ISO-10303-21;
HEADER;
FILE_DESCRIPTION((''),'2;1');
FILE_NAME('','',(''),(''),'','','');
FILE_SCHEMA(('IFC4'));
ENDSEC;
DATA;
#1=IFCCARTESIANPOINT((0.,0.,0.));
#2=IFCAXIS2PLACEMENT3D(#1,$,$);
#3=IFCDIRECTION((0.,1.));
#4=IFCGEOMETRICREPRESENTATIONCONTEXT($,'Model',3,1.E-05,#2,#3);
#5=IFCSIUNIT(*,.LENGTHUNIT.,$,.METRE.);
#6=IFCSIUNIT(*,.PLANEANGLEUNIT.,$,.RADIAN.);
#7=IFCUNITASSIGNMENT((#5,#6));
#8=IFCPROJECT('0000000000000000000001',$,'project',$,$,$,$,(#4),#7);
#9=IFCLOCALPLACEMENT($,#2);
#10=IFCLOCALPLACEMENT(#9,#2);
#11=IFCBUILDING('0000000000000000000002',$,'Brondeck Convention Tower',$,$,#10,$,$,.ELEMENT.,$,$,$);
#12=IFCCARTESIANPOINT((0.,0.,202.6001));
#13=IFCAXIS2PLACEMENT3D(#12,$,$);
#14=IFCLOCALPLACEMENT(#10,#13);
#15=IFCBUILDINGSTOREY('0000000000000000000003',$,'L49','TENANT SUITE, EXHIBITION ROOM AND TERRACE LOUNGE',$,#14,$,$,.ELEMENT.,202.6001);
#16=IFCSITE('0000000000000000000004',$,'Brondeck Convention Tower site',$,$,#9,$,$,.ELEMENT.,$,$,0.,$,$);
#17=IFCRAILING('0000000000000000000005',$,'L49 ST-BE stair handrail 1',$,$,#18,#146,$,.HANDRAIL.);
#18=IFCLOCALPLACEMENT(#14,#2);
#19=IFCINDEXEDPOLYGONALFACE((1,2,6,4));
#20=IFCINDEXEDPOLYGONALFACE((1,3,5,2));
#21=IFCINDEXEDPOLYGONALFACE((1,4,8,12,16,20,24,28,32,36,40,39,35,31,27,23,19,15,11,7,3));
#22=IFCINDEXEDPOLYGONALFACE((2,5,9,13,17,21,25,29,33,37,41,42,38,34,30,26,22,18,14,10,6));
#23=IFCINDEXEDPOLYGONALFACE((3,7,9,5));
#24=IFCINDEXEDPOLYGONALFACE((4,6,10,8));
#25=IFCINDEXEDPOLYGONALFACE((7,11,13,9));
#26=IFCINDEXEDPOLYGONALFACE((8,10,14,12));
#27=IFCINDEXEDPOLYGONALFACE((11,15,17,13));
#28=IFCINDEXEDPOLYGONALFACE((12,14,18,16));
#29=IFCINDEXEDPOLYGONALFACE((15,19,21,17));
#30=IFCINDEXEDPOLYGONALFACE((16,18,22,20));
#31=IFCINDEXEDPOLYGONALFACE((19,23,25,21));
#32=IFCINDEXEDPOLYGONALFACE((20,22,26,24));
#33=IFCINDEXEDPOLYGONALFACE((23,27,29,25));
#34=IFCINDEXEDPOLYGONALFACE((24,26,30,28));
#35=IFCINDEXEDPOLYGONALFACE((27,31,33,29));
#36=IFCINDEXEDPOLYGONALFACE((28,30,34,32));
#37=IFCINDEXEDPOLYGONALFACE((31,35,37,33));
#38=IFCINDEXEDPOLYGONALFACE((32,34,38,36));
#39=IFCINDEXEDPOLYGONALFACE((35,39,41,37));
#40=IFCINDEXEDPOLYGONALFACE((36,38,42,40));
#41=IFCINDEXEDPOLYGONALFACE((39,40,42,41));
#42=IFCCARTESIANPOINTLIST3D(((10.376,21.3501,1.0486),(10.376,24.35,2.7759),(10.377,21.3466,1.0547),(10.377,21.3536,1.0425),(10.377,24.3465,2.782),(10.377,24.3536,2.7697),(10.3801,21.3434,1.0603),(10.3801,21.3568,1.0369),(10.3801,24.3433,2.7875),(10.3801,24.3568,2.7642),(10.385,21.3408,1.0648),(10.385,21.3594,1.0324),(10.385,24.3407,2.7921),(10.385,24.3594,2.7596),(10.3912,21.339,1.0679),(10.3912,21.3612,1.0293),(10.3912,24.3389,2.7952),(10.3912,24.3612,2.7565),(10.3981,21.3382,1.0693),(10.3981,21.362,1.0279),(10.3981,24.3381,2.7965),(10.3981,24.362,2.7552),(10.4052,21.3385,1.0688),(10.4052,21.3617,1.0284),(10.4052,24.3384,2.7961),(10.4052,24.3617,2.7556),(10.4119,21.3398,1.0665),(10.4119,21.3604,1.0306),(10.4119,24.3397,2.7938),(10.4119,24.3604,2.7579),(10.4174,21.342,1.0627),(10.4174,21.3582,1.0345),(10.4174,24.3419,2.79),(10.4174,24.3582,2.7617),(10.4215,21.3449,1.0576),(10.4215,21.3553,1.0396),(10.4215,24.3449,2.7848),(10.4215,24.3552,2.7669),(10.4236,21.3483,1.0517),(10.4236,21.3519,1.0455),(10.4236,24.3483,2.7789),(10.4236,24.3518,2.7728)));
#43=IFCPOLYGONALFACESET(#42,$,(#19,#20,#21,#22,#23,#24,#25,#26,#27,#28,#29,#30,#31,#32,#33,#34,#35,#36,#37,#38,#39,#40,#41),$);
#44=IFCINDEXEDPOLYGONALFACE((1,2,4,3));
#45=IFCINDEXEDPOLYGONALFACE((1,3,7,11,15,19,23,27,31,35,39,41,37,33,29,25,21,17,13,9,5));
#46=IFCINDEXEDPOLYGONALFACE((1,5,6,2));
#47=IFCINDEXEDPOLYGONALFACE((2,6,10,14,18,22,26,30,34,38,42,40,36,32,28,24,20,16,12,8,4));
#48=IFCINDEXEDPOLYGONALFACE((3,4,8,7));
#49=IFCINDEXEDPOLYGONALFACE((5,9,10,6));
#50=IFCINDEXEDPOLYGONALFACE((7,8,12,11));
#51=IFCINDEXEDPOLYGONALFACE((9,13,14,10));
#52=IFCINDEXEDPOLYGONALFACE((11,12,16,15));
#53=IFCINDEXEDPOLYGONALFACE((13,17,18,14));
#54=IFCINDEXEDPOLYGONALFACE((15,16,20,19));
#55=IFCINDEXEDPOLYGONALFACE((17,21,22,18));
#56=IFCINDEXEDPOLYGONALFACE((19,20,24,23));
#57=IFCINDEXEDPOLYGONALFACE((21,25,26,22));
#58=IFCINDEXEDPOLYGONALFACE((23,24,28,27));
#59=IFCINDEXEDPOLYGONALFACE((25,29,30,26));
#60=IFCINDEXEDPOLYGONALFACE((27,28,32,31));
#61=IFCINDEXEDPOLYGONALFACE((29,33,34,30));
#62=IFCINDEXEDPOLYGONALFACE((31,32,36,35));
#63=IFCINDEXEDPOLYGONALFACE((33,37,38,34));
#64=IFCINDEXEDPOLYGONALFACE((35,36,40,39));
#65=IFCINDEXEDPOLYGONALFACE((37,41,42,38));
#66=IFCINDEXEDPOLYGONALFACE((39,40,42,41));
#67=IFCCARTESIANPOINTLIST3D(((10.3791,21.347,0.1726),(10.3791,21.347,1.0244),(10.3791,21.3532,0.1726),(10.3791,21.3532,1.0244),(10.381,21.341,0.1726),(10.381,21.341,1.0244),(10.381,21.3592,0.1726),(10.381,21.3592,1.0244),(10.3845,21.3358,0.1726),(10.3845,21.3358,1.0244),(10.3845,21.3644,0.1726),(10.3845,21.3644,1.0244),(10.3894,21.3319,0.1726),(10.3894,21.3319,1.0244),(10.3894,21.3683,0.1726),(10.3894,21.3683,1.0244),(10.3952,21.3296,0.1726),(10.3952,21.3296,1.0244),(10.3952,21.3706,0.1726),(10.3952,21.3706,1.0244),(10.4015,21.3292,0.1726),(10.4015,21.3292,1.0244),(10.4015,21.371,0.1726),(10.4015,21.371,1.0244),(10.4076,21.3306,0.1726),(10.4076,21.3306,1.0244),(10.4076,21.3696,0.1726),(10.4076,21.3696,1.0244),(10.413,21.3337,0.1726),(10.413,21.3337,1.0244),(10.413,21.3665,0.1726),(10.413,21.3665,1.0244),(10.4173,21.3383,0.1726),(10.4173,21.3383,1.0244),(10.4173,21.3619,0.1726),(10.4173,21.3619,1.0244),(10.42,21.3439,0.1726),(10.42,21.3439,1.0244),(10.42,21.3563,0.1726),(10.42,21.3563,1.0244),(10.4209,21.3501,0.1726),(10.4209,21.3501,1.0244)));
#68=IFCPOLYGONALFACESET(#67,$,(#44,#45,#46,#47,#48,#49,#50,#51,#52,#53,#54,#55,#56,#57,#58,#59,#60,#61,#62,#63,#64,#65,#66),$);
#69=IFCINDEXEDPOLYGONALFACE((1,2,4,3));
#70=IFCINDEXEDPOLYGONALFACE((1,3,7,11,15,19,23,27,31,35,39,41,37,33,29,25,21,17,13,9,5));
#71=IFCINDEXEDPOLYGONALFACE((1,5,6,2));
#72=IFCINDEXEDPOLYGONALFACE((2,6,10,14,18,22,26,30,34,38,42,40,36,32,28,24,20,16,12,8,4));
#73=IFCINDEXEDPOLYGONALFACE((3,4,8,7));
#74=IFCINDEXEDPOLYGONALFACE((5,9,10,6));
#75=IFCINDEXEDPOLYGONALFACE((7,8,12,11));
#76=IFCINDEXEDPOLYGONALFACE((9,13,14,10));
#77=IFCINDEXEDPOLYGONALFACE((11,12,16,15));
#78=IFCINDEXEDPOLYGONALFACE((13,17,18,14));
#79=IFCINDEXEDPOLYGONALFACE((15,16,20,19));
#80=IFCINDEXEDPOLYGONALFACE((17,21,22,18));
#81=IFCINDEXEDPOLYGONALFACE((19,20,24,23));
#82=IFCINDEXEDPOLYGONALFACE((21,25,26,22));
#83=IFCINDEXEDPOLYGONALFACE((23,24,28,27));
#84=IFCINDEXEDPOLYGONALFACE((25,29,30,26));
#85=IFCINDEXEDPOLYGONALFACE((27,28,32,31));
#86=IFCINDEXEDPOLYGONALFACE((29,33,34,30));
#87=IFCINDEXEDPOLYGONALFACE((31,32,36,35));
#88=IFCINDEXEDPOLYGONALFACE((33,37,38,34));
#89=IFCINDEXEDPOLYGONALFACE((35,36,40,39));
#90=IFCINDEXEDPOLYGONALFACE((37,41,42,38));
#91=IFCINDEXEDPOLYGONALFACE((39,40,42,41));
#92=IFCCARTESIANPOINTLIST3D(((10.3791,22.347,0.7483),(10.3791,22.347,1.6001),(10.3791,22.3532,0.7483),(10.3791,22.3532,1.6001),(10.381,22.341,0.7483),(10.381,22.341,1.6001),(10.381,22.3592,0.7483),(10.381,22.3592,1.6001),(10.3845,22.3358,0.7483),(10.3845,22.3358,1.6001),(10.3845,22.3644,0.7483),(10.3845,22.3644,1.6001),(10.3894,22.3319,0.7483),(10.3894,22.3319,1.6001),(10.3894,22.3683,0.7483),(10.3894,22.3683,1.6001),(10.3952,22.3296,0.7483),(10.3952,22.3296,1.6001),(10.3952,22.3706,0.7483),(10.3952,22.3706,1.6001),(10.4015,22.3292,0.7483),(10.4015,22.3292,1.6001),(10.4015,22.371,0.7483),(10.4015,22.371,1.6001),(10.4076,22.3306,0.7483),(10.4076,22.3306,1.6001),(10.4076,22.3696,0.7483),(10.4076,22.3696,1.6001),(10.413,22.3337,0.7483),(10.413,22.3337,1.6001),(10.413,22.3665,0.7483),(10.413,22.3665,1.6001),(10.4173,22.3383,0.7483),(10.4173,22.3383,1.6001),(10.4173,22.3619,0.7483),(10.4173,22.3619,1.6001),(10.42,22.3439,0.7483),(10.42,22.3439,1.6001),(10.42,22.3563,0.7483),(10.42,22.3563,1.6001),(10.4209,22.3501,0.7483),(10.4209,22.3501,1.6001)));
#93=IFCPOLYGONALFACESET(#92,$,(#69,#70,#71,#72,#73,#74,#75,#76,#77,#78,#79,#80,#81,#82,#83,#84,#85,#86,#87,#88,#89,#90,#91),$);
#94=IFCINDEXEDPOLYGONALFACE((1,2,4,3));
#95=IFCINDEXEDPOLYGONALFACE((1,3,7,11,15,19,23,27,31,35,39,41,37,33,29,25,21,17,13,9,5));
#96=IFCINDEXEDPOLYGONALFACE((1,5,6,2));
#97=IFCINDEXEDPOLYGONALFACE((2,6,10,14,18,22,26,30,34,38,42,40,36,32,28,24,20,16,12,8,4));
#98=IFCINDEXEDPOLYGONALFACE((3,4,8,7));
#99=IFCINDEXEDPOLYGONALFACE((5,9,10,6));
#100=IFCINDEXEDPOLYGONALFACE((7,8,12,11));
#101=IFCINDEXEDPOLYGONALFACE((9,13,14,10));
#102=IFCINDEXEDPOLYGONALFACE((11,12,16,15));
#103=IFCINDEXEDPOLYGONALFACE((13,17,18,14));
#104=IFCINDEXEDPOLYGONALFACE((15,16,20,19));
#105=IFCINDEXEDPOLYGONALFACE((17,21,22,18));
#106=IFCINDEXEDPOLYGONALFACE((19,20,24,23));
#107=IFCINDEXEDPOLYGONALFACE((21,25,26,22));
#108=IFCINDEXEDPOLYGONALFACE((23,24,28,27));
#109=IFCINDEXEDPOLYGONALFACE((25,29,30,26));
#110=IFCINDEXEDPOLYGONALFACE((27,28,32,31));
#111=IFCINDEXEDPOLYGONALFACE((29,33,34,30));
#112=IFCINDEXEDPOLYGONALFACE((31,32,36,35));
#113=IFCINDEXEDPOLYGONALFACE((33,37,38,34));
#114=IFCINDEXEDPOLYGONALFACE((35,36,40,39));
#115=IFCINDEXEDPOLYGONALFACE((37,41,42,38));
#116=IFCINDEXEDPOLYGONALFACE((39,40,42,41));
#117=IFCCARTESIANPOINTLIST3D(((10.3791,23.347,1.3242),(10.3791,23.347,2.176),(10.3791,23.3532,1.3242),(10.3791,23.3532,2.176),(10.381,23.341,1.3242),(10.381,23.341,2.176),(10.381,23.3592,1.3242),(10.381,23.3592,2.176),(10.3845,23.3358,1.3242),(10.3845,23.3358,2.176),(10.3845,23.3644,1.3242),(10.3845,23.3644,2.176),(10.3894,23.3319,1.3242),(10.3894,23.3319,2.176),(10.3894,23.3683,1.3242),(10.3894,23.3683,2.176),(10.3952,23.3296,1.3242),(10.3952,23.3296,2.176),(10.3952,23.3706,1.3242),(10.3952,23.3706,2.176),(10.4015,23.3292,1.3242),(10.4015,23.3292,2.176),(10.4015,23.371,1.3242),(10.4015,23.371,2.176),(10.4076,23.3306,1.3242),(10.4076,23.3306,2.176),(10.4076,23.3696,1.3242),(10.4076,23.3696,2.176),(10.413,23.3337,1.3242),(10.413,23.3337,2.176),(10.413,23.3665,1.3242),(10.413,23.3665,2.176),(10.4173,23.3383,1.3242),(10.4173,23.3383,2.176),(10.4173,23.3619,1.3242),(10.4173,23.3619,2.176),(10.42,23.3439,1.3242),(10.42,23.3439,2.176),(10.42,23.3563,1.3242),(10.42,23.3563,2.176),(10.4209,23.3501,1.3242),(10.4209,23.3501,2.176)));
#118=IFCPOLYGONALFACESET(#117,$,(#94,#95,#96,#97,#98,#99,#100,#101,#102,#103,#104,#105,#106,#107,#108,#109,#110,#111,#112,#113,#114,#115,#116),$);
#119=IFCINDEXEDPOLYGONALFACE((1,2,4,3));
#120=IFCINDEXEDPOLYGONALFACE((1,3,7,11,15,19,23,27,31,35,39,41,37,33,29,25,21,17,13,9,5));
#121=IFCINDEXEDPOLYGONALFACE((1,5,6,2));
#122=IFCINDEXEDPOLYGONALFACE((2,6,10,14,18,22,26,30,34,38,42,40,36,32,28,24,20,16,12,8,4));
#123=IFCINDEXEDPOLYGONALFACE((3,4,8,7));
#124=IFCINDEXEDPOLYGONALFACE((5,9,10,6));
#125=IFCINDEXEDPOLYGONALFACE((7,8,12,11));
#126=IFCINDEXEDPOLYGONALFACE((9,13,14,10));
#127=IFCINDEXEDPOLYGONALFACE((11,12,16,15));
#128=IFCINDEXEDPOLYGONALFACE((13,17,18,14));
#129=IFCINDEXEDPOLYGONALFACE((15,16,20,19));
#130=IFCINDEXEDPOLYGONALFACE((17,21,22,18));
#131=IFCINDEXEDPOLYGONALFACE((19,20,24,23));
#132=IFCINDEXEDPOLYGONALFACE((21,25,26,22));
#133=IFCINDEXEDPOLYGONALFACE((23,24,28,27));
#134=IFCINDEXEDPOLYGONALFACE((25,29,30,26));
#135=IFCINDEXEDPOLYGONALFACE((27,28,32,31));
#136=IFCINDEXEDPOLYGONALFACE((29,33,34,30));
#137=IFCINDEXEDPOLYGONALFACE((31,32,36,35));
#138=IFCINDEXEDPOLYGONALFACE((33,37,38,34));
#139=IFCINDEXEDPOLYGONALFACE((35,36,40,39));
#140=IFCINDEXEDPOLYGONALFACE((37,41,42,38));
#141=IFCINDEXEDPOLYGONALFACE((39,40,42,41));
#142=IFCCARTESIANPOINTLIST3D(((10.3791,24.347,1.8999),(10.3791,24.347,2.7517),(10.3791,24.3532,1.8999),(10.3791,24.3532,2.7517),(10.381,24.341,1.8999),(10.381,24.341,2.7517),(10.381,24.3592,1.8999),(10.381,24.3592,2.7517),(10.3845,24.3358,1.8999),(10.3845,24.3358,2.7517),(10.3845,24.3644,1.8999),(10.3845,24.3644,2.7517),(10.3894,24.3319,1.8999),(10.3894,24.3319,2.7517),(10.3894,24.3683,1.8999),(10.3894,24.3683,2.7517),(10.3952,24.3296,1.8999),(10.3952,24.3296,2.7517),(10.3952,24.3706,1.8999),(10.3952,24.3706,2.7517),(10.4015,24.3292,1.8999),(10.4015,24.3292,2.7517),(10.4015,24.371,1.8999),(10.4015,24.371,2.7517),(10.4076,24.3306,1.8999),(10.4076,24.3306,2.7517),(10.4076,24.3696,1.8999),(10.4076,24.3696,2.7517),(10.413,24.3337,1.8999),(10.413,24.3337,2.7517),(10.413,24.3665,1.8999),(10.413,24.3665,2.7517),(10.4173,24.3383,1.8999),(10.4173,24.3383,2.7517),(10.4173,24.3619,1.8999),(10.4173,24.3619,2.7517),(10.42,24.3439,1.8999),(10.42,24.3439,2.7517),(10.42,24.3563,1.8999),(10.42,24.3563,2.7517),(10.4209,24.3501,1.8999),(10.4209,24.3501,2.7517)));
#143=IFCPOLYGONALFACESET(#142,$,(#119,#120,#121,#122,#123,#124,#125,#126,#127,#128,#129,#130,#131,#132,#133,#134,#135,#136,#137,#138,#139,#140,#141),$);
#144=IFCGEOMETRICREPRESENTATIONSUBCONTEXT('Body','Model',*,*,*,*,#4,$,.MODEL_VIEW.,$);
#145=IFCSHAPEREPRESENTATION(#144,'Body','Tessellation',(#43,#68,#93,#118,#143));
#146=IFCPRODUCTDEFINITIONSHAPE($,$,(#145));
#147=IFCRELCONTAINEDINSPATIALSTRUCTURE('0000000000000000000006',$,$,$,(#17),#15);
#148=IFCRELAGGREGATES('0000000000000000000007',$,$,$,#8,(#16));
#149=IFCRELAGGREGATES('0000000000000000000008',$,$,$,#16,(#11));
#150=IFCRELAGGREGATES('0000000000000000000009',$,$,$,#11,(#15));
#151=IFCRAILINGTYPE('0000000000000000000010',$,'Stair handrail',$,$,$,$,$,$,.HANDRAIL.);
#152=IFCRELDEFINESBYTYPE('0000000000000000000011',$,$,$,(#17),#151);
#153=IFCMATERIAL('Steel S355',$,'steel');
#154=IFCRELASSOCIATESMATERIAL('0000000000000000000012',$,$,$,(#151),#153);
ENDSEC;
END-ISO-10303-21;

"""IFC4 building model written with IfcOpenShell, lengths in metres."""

from ifc_helpers import new_model, si_unit, direction, frame, origin, origin_2d, place, context, subcontext, project, spatial, circle, extrude, material, type_object, element, save


model = new_model("IFC4")

# Units and contexts
model_context = context("Model", 3, precision=1e-05, world=origin(), true_north=direction((0.0, 1.0)))
body_context = subcontext(model_context, "Body", "Model", "MODEL_VIEW")
ifc_project = project(units=[si_unit("LENGTHUNIT", "METRE"), si_unit("PLANEANGLEUNIT", "RADIAN")], contexts=[model_context])

# Site, building, storey
site_placement = place(None, origin())
site = spatial("IfcSite", under=ifc_project, at=site_placement, Name="Brondeck Convention Tower site", CompositionType="ELEMENT", RefElevation=0.0)
building_placement = place(site_placement, origin())
building = spatial("IfcBuilding", under=site, at=building_placement, Name="Brondeck Convention Tower", CompositionType="ELEMENT")
storey_placement = place(building_placement, frame((0.0, 0.0, 202.6001)))
storey = spatial("IfcBuildingStorey", under=building, at=storey_placement, Name="L49", Description="TENANT SUITE, EXHIBITION ROOM AND TERRACE LOUNGE", CompositionType="ELEMENT", Elevation=202.6001)

# Shared definitions
ifc_material_1 = material(Name="Steel S355", Category="steel")

# Railing
railing_type_1 = type_object("IfcRailingType", Name="Stair handrail", PredefinedType="HANDRAIL", material=ifc_material_1)
railing_1_placement = place(storey_placement, frame((10.3999, 21.3501, 0.1726)))
element("IfcRailing", 1, at=railing_1_placement, inside=storey, type_object=railing_type_1, Name="L49 ST-BE stair handrail 1", PredefinedType="HANDRAIL", context=body_context, shape_type="SweptSolid", body=[
    extrude(circle(Radius=0.0239, at=origin_2d()), frame((0.0, 0.0, 0.876), z_axis=(0.0, 0.86662, 0.498969), x_axis=(-1.0, 0.0, 0.0)), (0.0, 0.0, 1.0), 3.4617),
    extrude(circle(Radius=0.021, at=origin_2d()), origin(), (0.0, 0.0, 1.0), 0.8518),
    extrude(circle(Radius=0.021, at=origin_2d()), frame((0.0, 1.0, 0.5757)), (0.0, 0.0, 1.0), 0.8518),
    extrude(circle(Radius=0.021, at=origin_2d()), frame((0.0, 2.0, 1.1516)), (0.0, 0.0, 1.0), 0.8518),
    extrude(circle(Radius=0.021, at=origin_2d()), frame((0.0, 3.0, 1.7273)), (0.0, 0.0, 1.0), 0.8518),
])

save(model, "model.ifc")
